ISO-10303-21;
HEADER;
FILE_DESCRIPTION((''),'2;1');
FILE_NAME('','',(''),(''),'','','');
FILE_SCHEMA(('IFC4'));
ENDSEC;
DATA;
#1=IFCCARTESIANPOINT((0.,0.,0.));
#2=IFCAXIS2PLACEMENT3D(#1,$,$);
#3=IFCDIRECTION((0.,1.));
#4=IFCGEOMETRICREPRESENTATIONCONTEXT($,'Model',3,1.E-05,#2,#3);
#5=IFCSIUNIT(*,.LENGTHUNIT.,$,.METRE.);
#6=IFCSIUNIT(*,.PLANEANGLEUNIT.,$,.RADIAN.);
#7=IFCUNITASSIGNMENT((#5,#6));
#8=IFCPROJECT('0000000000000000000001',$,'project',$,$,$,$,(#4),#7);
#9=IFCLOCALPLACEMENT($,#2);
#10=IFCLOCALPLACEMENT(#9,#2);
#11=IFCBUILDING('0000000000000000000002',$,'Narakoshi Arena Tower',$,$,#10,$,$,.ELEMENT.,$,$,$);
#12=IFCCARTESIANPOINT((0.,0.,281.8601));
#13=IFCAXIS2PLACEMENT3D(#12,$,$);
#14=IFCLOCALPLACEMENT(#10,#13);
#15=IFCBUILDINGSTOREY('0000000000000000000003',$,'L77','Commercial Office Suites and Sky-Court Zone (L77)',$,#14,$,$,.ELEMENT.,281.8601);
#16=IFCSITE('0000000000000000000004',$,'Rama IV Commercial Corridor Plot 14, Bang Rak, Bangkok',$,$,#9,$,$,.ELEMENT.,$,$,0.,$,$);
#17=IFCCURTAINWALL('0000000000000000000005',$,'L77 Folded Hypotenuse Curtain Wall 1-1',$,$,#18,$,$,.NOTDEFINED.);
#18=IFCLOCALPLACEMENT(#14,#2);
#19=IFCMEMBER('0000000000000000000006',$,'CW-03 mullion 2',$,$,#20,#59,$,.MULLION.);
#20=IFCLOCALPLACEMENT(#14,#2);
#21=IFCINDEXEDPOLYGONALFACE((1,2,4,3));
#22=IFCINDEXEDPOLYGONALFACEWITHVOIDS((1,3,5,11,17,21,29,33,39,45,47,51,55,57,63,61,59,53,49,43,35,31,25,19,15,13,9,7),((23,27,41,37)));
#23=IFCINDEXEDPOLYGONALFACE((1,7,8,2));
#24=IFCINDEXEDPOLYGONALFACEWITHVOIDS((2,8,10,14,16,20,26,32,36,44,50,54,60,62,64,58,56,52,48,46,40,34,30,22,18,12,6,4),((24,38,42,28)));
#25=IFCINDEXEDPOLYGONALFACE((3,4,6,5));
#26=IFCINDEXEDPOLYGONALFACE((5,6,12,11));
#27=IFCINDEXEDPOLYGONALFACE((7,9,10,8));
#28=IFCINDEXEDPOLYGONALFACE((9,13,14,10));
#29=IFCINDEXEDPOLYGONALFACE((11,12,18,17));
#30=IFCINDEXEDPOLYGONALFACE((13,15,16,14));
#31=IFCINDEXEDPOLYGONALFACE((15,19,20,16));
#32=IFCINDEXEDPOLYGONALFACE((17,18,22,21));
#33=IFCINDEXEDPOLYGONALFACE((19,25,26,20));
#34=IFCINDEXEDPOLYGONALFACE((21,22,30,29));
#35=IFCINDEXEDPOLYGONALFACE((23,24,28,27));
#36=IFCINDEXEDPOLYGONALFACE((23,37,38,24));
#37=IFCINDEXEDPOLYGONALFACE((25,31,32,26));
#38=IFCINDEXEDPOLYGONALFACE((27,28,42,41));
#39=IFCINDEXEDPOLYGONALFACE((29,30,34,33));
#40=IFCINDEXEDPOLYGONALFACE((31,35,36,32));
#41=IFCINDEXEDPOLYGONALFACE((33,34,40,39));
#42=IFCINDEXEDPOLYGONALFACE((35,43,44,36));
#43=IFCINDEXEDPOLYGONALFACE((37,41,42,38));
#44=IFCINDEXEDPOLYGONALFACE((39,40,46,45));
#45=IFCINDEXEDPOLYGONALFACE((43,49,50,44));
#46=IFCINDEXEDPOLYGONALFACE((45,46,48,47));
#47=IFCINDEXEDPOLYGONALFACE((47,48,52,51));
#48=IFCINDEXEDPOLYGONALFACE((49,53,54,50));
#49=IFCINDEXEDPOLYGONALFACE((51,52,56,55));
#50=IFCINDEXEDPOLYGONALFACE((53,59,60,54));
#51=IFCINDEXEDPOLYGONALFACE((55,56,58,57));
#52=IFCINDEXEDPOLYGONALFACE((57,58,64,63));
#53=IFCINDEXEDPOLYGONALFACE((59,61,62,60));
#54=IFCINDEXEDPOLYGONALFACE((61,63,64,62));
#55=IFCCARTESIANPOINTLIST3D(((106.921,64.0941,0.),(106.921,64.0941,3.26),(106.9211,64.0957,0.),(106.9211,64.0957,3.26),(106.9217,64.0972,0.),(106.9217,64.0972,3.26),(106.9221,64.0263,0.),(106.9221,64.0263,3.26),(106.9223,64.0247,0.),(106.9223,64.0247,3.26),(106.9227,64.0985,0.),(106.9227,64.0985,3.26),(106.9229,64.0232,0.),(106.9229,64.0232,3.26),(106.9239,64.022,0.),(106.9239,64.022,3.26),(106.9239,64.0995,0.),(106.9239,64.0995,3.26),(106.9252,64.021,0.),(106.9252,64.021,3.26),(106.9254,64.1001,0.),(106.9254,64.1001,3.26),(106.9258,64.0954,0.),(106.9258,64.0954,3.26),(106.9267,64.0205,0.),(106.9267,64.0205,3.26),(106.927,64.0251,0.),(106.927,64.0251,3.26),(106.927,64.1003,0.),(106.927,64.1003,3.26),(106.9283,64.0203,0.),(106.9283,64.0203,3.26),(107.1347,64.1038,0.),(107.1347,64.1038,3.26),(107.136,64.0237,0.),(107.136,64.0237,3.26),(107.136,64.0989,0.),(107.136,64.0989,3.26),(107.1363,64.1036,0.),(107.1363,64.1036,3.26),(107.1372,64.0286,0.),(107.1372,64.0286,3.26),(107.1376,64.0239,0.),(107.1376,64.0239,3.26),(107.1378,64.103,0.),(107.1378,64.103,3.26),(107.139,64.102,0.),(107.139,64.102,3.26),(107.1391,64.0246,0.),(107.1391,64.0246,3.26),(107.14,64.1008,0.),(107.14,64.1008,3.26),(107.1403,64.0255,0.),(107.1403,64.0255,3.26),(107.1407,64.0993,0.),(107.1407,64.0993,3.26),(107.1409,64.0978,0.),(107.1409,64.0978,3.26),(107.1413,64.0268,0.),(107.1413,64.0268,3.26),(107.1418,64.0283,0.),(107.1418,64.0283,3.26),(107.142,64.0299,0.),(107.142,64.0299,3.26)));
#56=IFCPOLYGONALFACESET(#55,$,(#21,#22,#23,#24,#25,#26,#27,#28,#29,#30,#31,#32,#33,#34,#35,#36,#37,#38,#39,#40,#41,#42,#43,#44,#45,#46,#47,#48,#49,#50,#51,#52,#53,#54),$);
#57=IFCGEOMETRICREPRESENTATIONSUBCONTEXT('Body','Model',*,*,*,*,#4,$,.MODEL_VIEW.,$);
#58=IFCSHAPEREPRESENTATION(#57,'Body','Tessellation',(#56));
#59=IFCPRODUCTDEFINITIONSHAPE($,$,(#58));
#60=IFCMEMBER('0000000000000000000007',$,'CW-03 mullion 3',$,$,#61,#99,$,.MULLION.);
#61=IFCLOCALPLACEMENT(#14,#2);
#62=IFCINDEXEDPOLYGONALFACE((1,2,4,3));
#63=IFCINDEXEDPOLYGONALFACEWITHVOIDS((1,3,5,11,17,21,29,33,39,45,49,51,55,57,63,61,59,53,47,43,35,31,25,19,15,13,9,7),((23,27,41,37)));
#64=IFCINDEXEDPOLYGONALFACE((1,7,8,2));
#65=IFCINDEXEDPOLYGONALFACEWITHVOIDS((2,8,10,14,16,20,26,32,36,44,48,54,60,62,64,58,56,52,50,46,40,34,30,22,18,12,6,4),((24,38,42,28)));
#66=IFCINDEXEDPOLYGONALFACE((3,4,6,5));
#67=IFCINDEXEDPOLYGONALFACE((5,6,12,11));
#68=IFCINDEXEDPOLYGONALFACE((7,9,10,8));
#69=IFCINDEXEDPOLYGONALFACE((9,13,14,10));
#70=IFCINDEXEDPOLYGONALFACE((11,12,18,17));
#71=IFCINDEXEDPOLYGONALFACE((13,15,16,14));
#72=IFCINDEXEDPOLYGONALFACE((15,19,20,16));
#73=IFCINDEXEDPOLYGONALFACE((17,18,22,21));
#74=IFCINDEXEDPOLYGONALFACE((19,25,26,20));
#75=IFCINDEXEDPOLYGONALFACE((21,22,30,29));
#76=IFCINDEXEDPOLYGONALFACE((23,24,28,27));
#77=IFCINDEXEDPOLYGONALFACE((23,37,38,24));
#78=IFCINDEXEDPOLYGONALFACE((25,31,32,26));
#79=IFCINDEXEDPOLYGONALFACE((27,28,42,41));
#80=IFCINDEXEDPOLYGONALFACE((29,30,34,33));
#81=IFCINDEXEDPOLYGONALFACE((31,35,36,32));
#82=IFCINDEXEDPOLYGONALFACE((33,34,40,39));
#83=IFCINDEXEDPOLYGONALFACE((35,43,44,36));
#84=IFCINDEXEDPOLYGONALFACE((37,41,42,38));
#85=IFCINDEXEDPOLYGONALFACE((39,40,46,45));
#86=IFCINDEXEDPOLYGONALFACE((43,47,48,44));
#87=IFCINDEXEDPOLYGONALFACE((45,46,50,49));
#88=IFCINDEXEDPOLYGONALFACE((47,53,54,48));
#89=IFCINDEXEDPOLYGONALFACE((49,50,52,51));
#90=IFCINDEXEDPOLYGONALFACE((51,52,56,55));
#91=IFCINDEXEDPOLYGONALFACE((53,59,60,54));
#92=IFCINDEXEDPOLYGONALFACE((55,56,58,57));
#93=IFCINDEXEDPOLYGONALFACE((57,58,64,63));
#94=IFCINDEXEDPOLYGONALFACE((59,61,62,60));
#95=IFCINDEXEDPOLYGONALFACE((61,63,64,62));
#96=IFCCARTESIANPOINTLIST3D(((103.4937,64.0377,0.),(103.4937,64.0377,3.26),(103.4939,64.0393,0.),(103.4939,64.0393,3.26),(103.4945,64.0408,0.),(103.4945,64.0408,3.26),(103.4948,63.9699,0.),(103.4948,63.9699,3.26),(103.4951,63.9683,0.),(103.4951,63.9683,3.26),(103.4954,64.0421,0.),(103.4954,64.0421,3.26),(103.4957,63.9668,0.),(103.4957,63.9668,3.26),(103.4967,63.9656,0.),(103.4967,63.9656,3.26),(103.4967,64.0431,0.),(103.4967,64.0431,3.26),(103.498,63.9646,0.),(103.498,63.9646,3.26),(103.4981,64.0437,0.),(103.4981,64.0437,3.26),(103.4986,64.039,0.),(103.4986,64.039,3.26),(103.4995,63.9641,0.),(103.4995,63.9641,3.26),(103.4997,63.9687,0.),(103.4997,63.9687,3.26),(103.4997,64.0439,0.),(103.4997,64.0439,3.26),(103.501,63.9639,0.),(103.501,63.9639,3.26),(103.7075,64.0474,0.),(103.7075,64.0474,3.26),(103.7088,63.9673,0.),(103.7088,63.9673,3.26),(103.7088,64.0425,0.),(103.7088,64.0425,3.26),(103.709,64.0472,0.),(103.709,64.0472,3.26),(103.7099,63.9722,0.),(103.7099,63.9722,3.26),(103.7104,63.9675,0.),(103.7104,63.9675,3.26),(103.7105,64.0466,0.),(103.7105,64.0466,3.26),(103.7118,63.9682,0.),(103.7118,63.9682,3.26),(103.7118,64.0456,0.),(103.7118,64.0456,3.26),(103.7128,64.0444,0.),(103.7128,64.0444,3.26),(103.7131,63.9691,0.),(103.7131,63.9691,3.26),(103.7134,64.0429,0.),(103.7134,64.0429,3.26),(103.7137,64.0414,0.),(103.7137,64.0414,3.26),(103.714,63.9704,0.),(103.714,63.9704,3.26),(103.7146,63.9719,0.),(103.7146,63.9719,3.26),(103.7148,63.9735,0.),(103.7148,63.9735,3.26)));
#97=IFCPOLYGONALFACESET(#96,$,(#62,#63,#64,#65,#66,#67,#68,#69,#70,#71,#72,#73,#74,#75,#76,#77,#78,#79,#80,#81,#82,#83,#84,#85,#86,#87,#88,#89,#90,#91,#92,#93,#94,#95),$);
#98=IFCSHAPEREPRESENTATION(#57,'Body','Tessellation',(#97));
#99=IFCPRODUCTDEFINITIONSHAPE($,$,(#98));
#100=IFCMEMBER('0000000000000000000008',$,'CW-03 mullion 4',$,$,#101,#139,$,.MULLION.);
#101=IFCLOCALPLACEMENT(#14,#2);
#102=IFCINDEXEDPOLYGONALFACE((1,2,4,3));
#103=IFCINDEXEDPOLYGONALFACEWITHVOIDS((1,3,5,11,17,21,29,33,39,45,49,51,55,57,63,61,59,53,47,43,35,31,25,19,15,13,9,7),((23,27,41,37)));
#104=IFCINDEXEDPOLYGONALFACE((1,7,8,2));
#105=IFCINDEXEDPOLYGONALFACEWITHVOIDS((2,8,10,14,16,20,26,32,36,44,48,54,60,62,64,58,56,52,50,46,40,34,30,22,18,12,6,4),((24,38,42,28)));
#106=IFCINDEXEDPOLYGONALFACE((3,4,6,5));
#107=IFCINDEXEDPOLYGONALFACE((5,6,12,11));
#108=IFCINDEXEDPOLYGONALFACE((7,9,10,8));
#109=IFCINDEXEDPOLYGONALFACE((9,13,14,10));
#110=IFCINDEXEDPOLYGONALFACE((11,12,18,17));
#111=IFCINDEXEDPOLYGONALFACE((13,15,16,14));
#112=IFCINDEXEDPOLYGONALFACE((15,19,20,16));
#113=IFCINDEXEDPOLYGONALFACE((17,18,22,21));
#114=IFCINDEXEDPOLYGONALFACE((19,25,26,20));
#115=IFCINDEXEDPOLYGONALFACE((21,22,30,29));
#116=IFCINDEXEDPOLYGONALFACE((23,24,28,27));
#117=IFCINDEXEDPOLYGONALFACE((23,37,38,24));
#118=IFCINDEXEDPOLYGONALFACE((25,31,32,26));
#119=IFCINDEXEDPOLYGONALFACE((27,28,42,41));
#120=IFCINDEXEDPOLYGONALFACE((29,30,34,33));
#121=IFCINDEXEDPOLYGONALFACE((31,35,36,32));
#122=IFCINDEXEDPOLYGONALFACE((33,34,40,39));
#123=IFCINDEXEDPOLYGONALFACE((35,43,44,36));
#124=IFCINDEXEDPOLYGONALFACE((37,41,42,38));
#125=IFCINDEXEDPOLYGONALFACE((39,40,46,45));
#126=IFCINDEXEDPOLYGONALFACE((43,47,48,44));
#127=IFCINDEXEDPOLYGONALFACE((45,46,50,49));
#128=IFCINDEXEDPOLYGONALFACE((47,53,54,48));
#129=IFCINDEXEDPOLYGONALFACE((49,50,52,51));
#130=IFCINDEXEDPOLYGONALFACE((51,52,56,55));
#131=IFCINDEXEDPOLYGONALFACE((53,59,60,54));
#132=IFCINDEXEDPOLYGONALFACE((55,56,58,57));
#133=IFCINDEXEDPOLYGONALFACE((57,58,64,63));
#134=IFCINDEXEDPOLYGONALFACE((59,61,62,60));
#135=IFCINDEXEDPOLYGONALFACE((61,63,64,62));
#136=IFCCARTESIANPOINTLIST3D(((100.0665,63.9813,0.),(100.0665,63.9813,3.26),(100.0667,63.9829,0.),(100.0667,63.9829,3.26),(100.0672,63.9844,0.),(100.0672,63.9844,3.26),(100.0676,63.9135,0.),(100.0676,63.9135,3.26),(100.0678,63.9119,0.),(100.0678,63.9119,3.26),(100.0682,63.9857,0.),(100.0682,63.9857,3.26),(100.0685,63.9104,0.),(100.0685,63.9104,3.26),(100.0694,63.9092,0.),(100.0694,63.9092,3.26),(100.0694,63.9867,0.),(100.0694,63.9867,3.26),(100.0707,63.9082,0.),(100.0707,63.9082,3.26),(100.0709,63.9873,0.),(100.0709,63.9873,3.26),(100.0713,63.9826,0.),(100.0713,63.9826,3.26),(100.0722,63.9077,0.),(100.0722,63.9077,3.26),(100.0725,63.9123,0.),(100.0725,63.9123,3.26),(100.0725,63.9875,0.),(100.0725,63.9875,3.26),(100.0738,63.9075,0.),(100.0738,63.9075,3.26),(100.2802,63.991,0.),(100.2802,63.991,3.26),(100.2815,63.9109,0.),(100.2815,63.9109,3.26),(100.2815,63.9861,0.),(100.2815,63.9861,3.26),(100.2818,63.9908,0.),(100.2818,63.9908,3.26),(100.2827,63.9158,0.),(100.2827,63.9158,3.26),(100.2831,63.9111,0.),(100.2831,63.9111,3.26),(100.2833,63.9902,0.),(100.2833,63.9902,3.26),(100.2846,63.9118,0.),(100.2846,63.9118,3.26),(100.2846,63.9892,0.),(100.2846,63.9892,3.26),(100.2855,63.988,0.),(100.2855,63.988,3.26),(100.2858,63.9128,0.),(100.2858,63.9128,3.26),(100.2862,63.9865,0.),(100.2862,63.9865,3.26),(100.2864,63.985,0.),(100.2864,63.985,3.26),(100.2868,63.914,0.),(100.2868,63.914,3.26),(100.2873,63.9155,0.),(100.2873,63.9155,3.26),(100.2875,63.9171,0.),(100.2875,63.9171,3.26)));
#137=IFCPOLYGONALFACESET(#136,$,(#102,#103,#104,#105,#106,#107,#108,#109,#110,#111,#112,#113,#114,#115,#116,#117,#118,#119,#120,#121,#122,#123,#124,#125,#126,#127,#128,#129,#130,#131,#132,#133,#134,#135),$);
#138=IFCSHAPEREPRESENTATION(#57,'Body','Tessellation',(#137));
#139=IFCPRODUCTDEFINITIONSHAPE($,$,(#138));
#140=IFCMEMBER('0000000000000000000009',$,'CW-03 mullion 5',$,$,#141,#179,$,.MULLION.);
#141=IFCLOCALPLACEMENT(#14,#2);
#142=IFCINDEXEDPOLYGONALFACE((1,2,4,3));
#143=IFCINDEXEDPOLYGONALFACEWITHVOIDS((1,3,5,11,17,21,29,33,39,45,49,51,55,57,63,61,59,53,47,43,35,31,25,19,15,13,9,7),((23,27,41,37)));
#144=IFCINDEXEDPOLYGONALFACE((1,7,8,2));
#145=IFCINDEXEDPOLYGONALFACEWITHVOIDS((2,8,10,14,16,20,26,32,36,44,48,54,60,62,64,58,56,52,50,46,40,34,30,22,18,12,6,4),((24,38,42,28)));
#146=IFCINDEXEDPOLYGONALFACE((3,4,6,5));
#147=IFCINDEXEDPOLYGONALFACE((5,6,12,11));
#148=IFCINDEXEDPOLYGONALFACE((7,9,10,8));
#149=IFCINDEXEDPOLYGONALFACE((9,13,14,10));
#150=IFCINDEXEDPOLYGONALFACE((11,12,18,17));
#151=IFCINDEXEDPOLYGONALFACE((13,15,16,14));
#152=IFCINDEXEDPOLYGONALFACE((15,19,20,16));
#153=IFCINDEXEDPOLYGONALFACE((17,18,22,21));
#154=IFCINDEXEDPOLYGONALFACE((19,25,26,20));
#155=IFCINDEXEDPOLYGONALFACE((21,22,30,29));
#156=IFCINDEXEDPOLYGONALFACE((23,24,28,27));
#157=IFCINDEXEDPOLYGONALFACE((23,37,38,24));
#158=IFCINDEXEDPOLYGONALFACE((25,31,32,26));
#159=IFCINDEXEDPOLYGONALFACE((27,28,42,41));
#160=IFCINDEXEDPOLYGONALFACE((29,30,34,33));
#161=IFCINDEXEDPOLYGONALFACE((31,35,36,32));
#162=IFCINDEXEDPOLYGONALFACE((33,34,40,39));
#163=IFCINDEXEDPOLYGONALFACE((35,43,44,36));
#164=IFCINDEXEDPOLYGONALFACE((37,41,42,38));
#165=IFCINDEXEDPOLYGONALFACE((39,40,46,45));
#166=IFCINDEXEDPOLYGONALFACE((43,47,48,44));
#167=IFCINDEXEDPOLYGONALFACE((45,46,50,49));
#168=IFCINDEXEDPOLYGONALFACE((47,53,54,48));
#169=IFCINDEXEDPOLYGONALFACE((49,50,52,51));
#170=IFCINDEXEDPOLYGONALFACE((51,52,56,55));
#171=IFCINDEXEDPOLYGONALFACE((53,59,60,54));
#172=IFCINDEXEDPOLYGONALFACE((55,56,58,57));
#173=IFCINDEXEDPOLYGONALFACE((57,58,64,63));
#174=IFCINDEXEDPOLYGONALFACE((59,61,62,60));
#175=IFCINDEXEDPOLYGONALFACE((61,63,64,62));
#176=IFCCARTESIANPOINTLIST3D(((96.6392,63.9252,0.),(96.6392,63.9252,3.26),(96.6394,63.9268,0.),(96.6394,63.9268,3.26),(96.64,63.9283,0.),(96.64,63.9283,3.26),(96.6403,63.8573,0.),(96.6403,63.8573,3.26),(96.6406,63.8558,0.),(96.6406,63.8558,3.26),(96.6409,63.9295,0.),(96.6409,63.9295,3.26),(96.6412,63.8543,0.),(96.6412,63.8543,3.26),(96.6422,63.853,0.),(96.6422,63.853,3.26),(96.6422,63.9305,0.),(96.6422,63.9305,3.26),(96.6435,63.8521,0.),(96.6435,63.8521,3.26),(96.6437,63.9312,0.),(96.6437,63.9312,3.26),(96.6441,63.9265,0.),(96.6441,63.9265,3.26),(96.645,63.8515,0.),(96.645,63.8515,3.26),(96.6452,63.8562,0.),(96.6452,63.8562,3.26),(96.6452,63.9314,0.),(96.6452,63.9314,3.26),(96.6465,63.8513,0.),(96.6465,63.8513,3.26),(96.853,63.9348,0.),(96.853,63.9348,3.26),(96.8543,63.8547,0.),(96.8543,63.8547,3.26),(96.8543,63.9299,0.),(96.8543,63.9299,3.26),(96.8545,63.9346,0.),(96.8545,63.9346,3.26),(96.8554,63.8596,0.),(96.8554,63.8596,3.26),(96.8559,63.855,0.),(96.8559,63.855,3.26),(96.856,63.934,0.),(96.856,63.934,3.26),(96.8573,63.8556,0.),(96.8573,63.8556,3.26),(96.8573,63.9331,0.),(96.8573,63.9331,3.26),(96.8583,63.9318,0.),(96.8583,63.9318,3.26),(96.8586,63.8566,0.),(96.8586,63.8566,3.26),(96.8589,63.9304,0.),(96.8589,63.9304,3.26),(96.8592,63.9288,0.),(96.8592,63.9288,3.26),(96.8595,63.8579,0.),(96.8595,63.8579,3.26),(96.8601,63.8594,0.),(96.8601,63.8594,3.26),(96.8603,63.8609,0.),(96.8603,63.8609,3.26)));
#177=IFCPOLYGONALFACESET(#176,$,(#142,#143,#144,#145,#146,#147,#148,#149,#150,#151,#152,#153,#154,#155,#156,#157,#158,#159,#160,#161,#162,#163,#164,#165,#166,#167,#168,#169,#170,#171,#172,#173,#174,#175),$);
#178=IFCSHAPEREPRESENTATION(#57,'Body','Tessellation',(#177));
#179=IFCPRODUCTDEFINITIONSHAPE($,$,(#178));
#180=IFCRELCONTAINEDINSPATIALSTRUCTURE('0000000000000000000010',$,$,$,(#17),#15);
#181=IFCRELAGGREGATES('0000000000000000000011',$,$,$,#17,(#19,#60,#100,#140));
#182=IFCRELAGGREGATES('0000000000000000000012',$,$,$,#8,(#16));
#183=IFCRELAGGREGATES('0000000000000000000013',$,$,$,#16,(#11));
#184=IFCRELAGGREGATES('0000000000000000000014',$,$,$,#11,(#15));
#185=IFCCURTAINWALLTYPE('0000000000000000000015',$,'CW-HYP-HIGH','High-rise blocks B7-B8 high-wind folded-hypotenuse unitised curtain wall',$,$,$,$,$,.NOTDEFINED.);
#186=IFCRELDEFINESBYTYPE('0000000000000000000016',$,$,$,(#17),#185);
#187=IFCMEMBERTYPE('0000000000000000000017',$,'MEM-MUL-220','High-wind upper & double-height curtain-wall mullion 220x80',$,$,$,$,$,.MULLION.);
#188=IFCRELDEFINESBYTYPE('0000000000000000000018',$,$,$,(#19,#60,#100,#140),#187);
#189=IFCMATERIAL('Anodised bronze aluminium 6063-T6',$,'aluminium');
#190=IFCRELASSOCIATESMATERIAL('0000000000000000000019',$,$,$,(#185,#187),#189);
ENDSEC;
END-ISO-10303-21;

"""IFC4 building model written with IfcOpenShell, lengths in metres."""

from ifc_helpers import new_model, si_unit, direction, frame, origin, origin_2d, place, context, subcontext, project, spatial, hollow_rectangle, extrude, material, material_profile, profile_set, type_object, element, aggregate, save


model = new_model("IFC4")

# Units and contexts
model_context = context("Model", 3, precision=1e-05, world=origin(), true_north=direction((0.0, 1.0)))
body_context = subcontext(model_context, "Body", "Model", "MODEL_VIEW")
ifc_project = project(units=[si_unit("LENGTHUNIT", "METRE"), si_unit("PLANEANGLEUNIT", "RADIAN")], contexts=[model_context])

# Site, building, storey
site_placement = place(None, origin())
site = spatial("IfcSite", under=ifc_project, at=site_placement, Name="Rama IV Commercial Corridor Plot 14, Bang Rak, Bangkok", CompositionType="ELEMENT", RefElevation=0.0)
building_placement = place(site_placement, origin())
building = spatial("IfcBuilding", under=site, at=building_placement, Name="Narakoshi Arena Tower", CompositionType="ELEMENT")
storey_placement = place(building_placement, frame((0.0, 0.0, 281.8601)))
storey = spatial("IfcBuildingStorey", under=building, at=storey_placement, Name="L77", Description="Commercial Office Suites and Sky-Court Zone (L77)", CompositionType="ELEMENT", Elevation=281.8601)

# Curtain wall, members
ifc_material_1 = material(Name="Anodised bronze aluminium 6063-T6", Category="aluminium")
curtain_wall_type = type_object("IfcCurtainWallType", Name="CW-HYP-HIGH", Description="High-rise blocks B7-B8 high-wind folded-hypotenuse unitised curtain wall", PredefinedType="NOTDEFINED", material=ifc_material_1)
curtain_wall_placement = place(storey_placement, origin())
curtain_wall = element("IfcCurtainWall", 1, at=curtain_wall_placement, inside=storey, type_object=curtain_wall_type, Name="L77 Folded Hypotenuse Curtain Wall 1-1", PredefinedType="NOTDEFINED")
ifc_material_profile_1 = material_profile(ifc_material_1, hollow_rectangle(XDim=0.0801, YDim=0.22, WallThickness=0.0049, OuterFilletRadius=0.0061, at=origin_2d()), Name="MUL220x80x5")
ifc_profile_set_1 = profile_set([ifc_material_profile_1], Name="Anodised bronze aluminium 6063-T6")
member_type_1 = type_object("IfcMemberType", Name="MEM-MUL-220", Description="High-wind upper & double-height curtain-wall mullion 220x80", PredefinedType="MULLION", material=ifc_profile_set_1)
member_1_placement = place(storey_placement, frame((107.0315, 64.062, 0.0), z_axis=(0.0, 0.0, 1.0), x_axis=(0.016443, -0.999865, 0.0)))
member_1 = element("IfcMember", 2, at=member_1_placement, type_object=member_type_1, Name="CW-03 mullion 2", PredefinedType="MULLION", context=body_context, shape_type="SweptSolid", body=[
    extrude(hollow_rectangle(XDim=0.0801, YDim=0.22, WallThickness=0.0049, OuterFilletRadius=0.0061, at=origin_2d()), origin(), (0.0, 0.0, 1.0), 3.26),
])
member_2_placement = place(storey_placement, frame((103.6042, 64.0056, 0.0), z_axis=(0.0, 0.0, 1.0), x_axis=(0.016443, -0.999865, 0.0)))
member_2 = element("IfcMember", 3, at=member_2_placement, type_object=member_type_1, Name="CW-03 mullion 3", PredefinedType="MULLION", context=body_context, shape_type="SweptSolid", body=[
    extrude(hollow_rectangle(XDim=0.0801, YDim=0.22, WallThickness=0.0049, OuterFilletRadius=0.0061, at=origin_2d()), origin(), (0.0, 0.0, 1.0), 3.26),
])
member_3_placement = place(storey_placement, frame((100.177, 63.9492, 0.0), z_axis=(0.0, 0.0, 1.0), x_axis=(0.016443, -0.999865, 0.0)))
member_3 = element("IfcMember", 4, at=member_3_placement, type_object=member_type_1, Name="CW-03 mullion 4", PredefinedType="MULLION", context=body_context, shape_type="SweptSolid", body=[
    extrude(hollow_rectangle(XDim=0.0801, YDim=0.22, WallThickness=0.0049, OuterFilletRadius=0.0061, at=origin_2d()), origin(), (0.0, 0.0, 1.0), 3.26),
])
member_4_placement = place(storey_placement, frame((96.7498, 63.8931, 0.0), z_axis=(0.0, 0.0, 1.0), x_axis=(0.016443, -0.999865, 0.0)))
member_4 = element("IfcMember", 5, at=member_4_placement, type_object=member_type_1, Name="CW-03 mullion 5", PredefinedType="MULLION", context=body_context, shape_type="SweptSolid", body=[
    extrude(hollow_rectangle(XDim=0.0801, YDim=0.22, WallThickness=0.0049, OuterFilletRadius=0.0061, at=origin_2d()), origin(), (0.0, 0.0, 1.0), 3.26),
])
aggregate(curtain_wall, [member_1, member_2, member_3, member_4])

save(model, "model.ifc")
